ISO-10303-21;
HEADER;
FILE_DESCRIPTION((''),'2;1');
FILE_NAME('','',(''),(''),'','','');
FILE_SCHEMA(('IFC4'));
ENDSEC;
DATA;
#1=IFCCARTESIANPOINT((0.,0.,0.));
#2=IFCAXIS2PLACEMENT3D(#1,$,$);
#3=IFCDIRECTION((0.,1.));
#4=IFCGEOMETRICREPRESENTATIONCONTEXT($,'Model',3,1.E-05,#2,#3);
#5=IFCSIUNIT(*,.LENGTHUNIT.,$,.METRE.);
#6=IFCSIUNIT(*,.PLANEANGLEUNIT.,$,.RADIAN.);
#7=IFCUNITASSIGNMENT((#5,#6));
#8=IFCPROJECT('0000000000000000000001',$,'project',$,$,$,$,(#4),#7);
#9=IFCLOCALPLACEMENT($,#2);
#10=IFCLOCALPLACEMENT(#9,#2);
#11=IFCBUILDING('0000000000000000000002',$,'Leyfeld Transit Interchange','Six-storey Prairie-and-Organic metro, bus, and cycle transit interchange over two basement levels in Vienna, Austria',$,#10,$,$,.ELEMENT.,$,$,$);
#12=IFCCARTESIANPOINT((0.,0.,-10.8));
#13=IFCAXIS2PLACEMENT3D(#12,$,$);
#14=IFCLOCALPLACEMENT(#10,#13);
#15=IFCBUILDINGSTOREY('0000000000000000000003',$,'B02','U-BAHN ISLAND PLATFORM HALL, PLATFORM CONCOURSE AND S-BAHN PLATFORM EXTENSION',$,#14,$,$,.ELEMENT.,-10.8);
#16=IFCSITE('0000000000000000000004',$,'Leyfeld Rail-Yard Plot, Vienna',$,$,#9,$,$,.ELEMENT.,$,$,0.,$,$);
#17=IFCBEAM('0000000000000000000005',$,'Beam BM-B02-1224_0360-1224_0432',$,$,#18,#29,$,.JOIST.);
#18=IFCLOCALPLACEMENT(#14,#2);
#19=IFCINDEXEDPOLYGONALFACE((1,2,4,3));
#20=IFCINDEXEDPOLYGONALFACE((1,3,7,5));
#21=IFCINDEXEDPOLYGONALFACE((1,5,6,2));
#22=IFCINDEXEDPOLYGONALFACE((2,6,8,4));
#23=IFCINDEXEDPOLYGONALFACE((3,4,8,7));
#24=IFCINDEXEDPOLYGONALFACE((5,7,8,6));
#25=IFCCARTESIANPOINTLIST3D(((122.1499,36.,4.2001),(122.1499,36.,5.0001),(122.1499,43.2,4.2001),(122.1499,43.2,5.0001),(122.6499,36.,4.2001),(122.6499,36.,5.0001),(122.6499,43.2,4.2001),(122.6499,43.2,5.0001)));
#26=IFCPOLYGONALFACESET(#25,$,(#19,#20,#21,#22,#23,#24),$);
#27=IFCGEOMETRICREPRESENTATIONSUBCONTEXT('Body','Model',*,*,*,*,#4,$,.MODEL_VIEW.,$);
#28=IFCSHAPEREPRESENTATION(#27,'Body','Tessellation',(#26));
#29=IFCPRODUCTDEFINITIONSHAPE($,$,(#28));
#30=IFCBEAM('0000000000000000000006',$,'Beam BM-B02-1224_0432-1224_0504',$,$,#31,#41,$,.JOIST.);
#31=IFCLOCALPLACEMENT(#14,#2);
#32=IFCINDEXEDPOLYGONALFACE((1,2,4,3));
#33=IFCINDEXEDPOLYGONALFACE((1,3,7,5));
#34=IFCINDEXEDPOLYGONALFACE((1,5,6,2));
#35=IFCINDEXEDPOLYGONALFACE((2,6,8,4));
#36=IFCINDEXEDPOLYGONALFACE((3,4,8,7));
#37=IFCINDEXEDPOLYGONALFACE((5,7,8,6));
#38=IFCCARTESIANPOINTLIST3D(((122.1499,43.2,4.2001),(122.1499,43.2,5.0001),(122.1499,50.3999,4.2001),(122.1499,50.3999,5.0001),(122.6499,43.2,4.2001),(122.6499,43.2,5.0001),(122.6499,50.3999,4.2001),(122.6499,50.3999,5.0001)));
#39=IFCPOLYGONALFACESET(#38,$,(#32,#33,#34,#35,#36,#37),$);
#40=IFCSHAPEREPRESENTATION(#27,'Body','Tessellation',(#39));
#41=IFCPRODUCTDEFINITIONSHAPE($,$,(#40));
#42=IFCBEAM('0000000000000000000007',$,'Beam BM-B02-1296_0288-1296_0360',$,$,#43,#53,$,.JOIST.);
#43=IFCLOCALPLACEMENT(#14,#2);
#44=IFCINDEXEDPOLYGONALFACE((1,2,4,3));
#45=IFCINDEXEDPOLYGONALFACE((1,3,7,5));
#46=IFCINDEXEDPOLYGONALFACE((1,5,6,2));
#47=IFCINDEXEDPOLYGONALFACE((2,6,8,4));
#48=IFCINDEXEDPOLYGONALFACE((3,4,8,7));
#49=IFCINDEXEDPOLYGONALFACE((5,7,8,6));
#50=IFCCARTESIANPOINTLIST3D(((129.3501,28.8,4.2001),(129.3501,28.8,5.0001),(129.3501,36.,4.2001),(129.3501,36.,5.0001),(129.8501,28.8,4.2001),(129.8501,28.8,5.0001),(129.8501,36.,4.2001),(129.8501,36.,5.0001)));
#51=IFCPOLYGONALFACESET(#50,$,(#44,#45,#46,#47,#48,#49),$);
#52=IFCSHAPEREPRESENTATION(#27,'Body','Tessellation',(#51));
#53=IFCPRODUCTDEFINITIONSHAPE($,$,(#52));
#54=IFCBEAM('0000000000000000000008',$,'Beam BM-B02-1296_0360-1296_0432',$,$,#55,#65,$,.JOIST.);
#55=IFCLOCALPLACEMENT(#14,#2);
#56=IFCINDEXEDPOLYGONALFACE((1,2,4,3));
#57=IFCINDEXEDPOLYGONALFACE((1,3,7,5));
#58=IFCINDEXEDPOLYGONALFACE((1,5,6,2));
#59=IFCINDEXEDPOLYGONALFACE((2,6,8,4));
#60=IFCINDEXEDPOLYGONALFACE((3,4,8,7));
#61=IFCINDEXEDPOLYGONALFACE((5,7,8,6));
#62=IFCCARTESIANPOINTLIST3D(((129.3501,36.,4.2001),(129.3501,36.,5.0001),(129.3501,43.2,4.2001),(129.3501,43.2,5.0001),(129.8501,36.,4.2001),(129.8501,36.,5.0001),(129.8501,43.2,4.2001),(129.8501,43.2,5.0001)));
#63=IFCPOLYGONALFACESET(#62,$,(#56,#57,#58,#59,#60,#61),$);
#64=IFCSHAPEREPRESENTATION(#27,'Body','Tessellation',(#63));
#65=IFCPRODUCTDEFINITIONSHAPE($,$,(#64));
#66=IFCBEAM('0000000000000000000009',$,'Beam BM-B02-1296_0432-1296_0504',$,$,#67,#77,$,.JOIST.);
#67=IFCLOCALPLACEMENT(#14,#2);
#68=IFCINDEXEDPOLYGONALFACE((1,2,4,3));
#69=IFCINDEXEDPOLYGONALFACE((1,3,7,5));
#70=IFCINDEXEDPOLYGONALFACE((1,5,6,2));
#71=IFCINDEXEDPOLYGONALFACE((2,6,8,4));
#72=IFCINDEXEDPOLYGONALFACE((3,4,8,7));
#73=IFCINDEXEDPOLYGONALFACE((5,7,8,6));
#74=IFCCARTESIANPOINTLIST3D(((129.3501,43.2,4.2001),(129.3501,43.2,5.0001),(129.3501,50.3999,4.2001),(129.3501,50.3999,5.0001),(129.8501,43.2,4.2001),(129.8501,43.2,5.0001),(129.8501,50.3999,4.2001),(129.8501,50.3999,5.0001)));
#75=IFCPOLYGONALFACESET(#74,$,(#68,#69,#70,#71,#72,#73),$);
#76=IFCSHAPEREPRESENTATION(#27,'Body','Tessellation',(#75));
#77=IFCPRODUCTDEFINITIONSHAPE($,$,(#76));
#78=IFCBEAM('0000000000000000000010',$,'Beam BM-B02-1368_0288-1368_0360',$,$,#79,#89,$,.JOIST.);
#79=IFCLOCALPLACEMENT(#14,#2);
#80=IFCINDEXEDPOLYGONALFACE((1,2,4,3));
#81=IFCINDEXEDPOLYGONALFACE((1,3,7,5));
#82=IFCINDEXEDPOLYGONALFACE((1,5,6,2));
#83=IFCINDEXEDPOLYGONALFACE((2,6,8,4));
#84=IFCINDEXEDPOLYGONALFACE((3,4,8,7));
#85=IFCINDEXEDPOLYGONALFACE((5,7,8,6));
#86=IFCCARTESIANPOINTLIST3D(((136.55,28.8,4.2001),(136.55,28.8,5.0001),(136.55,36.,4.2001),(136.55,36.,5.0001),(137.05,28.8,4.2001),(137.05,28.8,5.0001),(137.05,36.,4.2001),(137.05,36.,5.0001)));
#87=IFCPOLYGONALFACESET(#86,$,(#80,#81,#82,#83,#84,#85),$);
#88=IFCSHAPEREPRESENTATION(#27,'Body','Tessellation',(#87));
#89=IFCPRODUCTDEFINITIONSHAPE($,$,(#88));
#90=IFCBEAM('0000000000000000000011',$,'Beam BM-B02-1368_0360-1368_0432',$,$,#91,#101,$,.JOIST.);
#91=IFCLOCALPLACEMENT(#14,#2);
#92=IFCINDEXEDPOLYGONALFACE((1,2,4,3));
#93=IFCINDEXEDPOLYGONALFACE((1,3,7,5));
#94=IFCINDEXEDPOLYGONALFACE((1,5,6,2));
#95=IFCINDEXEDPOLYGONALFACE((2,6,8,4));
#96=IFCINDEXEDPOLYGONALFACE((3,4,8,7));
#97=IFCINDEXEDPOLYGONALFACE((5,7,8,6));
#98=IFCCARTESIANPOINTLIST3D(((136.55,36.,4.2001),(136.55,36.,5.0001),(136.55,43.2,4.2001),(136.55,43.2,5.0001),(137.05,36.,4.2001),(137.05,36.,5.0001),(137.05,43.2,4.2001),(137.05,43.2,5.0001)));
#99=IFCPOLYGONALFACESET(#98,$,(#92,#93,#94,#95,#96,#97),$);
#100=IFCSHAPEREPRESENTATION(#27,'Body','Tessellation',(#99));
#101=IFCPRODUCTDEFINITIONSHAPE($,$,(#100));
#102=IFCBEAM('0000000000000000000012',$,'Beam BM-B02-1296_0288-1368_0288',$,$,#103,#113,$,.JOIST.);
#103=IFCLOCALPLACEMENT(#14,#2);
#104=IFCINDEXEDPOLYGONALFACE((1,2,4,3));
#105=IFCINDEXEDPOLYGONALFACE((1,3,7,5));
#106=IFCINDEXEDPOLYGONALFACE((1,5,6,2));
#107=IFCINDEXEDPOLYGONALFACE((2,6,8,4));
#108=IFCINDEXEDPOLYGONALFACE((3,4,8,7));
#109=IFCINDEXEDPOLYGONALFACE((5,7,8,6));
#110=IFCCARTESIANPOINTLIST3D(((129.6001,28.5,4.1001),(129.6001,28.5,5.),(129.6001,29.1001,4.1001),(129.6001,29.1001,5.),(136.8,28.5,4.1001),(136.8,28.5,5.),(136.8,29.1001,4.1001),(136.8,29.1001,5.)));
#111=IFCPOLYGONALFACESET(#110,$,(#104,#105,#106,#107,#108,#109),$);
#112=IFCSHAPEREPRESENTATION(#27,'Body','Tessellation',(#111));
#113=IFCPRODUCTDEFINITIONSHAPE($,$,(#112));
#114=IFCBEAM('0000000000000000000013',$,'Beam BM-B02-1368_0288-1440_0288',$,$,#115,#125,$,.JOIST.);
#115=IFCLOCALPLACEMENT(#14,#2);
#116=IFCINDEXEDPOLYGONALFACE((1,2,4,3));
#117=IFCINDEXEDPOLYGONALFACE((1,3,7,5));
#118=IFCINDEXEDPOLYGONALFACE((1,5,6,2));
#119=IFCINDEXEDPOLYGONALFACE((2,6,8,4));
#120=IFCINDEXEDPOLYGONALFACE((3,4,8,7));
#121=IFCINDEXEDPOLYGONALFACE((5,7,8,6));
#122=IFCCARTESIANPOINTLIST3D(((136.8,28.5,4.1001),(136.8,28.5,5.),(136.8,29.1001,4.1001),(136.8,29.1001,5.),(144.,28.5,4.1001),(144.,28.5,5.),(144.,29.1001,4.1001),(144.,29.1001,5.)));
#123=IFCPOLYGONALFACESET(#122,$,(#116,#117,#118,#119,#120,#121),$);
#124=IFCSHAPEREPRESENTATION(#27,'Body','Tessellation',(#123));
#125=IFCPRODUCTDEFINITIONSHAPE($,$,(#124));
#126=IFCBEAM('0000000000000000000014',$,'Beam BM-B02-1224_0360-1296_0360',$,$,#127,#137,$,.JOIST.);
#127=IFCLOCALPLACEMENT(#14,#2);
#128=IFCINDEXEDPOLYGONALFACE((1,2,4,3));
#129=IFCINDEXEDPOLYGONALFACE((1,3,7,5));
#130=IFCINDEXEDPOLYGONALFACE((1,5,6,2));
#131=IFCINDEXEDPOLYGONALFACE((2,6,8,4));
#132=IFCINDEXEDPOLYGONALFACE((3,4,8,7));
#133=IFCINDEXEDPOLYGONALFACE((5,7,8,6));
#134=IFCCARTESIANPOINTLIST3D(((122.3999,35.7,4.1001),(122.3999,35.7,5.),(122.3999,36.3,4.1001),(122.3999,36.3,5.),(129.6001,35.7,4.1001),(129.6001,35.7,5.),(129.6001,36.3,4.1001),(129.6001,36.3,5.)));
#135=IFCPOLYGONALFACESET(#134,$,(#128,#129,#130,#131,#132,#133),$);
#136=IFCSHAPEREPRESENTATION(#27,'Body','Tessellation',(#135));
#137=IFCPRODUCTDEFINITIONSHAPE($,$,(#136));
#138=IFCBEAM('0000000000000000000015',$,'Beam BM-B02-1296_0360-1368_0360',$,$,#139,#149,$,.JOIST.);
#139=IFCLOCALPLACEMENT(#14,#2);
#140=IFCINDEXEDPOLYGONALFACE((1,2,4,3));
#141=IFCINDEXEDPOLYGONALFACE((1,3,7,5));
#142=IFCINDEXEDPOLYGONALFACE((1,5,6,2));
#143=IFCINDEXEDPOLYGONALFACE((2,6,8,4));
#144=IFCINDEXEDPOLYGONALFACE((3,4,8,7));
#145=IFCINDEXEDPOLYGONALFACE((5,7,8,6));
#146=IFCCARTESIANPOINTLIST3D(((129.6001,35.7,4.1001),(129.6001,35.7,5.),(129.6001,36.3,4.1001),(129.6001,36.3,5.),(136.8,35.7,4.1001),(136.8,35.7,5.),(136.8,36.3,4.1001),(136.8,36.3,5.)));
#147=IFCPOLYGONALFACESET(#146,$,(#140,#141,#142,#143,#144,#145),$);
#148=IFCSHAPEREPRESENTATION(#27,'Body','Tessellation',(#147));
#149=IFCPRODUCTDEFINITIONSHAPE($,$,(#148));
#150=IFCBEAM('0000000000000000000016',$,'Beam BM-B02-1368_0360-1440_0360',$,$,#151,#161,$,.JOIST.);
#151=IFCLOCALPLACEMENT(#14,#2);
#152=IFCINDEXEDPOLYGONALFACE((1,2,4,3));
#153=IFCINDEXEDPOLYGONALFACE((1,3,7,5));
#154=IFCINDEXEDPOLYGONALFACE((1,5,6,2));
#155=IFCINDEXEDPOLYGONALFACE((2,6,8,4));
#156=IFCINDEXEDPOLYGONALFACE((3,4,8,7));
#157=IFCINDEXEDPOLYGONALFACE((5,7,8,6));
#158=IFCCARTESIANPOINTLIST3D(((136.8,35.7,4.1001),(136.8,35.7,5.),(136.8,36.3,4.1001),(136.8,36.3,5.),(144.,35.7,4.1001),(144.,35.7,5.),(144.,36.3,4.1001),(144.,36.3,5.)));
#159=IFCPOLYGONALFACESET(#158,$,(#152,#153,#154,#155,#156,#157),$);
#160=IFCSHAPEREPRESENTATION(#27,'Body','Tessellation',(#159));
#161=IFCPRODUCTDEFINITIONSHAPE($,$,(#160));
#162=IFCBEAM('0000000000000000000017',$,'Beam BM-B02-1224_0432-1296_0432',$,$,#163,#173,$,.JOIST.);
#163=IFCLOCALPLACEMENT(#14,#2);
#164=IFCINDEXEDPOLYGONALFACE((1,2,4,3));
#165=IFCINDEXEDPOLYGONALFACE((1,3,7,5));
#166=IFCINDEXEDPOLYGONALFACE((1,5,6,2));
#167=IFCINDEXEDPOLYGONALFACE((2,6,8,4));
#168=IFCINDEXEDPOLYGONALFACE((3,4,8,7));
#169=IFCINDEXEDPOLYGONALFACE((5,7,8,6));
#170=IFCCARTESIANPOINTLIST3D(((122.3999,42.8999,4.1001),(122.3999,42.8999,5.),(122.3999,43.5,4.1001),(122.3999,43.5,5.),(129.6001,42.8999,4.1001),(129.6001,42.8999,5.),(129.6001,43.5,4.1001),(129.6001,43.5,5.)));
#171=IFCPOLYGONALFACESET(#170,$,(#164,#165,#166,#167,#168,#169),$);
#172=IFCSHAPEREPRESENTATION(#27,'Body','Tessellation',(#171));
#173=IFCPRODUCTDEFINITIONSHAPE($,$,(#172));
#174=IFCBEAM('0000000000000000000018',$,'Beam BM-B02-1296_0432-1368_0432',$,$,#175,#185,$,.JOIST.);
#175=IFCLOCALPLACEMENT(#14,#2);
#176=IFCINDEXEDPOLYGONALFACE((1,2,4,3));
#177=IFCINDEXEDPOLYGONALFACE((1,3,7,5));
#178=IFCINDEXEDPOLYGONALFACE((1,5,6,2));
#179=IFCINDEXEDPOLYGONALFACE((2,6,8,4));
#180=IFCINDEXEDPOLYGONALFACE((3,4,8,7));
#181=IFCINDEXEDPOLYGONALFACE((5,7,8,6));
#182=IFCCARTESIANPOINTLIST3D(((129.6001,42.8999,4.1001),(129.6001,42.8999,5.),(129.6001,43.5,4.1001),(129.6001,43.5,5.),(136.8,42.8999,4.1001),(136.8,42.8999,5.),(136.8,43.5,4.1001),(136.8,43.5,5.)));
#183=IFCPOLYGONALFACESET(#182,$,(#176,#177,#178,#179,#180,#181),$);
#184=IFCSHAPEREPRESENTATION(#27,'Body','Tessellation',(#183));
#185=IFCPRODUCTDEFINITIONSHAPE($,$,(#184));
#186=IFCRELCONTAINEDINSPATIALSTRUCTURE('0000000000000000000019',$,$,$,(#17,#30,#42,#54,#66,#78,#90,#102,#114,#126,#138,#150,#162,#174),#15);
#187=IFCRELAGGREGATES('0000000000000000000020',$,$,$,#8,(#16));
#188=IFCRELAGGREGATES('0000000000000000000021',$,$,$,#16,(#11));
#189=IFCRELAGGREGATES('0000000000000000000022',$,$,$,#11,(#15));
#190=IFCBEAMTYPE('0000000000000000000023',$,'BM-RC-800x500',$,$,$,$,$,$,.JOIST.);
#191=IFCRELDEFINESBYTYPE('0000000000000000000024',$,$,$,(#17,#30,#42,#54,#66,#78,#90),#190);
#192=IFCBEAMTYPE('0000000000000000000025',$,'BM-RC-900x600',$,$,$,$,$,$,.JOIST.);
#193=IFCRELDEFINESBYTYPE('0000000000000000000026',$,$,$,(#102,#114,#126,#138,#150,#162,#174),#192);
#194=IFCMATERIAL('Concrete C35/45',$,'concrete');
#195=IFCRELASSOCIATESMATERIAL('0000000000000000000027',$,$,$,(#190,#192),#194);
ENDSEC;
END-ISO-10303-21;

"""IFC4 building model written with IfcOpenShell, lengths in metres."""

from ifc_helpers import new_model, si_unit, direction, frame, origin, origin_2d, place, context, subcontext, project, spatial, rectangle, extrude, material, material_profile, profile_set, type_object, element, save


model = new_model("IFC4")

# Units and contexts
model_context = context("Model", 3, precision=1e-05, world=origin(), true_north=direction((0.0, 1.0)))
body_context = subcontext(model_context, "Body", "Model", "MODEL_VIEW")
ifc_project = project(units=[si_unit("LENGTHUNIT", "METRE"), si_unit("PLANEANGLEUNIT", "RADIAN")], contexts=[model_context])

# Site, building, storey
site_placement = place(None, origin())
site = spatial("IfcSite", under=ifc_project, at=site_placement, Name="Leyfeld Rail-Yard Plot, Vienna", CompositionType="ELEMENT", RefElevation=0.0)
building_placement = place(site_placement, origin())
building = spatial("IfcBuilding", under=site, at=building_placement, Name="Leyfeld Transit Interchange", Description="Six-storey Prairie-and-Organic metro, bus, and cycle transit interchange over two basement levels in Vienna, Austria", CompositionType="ELEMENT")
storey_placement = place(building_placement, frame((0.0, 0.0, -10.8)))
storey = spatial("IfcBuildingStorey", under=building, at=storey_placement, Name="B02", Description="U-BAHN ISLAND PLATFORM HALL, PLATFORM CONCOURSE AND S-BAHN PLATFORM EXTENSION", CompositionType="ELEMENT", Elevation=-10.8)

# Shared definitions
ifc_material = material(Name="Concrete C35/45", Category="concrete")

# Beams
ifc_material_profile_1 = material_profile(ifc_material, rectangle(XDim=0.5, YDim=0.8, at=origin_2d()), Name="RC 800x500")
ifc_profile_set_1 = profile_set([ifc_material_profile_1], Name="Concrete C35/45")
beam_type_1 = type_object("IfcBeamType", Name="BM-RC-800x500", PredefinedType="JOIST", material=ifc_profile_set_1)
for number, where, z_axis, x_axis, name in (
    (1, (122.3999, 36.0, 4.6001), (0.0, 1.0, 0.0), (-1.0, 0.0, 0.0), "Beam BM-B02-1224_0360-1224_0432"),
    (2, (122.3999, 43.2, 4.6001), (0.0, 1.0, 0.0), (-1.0, 0.0, 0.0), "Beam BM-B02-1224_0432-1224_0504"),
    (3, (129.6001, 28.8, 4.6001), (0.0, 1.0, 0.0), (-1.0, 0.0, 0.0), "Beam BM-B02-1296_0288-1296_0360"),
    (4, (129.6001, 36.0, 4.6001), (0.0, 1.0, 0.0), (-1.0, 0.0, 0.0), "Beam BM-B02-1296_0360-1296_0432"),
    (5, (129.6001, 43.2, 4.6001), (0.0, 1.0, 0.0), (-1.0, 0.0, 0.0), "Beam BM-B02-1296_0432-1296_0504"),
    (6, (136.8, 28.8, 4.6001), (0.0, 1.0, 0.0), (-1.0, 0.0, 0.0), "Beam BM-B02-1368_0288-1368_0360"),
    (7, (136.8, 36.0, 4.6001), (0.0, 1.0, 0.0), (-1.0, 0.0, 0.0), "Beam BM-B02-1368_0360-1368_0432"),
):
    element("IfcBeam", number, at=place(storey_placement, frame(where, z_axis=z_axis, x_axis=x_axis)), inside=storey, type_object=beam_type_1, Name=name, PredefinedType="JOIST", context=body_context, shape_type="SweptSolid", body=[
        extrude(rectangle(XDim=0.5, YDim=0.8, at=origin_2d()), origin(), (0.0, 0.0, 1.0), 7.2),
    ])
ifc_material_profile_2 = material_profile(ifc_material, rectangle(XDim=0.6001, YDim=0.8999, at=origin_2d()), Name="RC 900x600")
ifc_profile_set_2 = profile_set([ifc_material_profile_2], Name="Concrete C35/45")
beam_type_2 = type_object("IfcBeamType", Name="BM-RC-900x600", PredefinedType="JOIST", material=ifc_profile_set_2)
for number, where, z_axis, x_axis, name in (
    (8, (129.6001, 28.8, 4.55), (1.0, 0.0, 0.0), (0.0, 1.0, 0.0), "Beam BM-B02-1296_0288-1368_0288"),
    (9, (136.8, 28.8, 4.55), (1.0, 0.0, 0.0), (0.0, 1.0, 0.0), "Beam BM-B02-1368_0288-1440_0288"),
):
    element("IfcBeam", number, at=place(storey_placement, frame(where, z_axis=z_axis, x_axis=x_axis)), inside=storey, type_object=beam_type_2, Name=name, PredefinedType="JOIST", context=body_context, shape_type="SweptSolid", body=[
        extrude(rectangle(XDim=0.6001, YDim=0.8999, at=origin_2d()), origin(), (0.0, 0.0, 1.0), 7.2),
    ])
beam_1_placement = place(storey_placement, frame((122.3999, 36.0, 4.55), z_axis=(1.0, 0.0, 0.0), x_axis=(0.0, 1.0, 0.0)))
element("IfcBeam", 10, at=beam_1_placement, inside=storey, type_object=beam_type_2, Name="Beam BM-B02-1224_0360-1296_0360", PredefinedType="JOIST", context=body_context, shape_type="SweptSolid", body=[
    extrude(rectangle(XDim=0.6001, YDim=0.8999, at=origin_2d()), origin(), (0.0, 0.0, 1.0), 7.2002),
])
for number, where, z_axis, x_axis, name in (
    (11, (129.6001, 36.0, 4.55), (1.0, 0.0, 0.0), (0.0, 1.0, 0.0), "Beam BM-B02-1296_0360-1368_0360"),
    (12, (136.8, 36.0, 4.55), (1.0, 0.0, 0.0), (0.0, 1.0, 0.0), "Beam BM-B02-1368_0360-1440_0360"),
):
    element("IfcBeam", number, at=place(storey_placement, frame(where, z_axis=z_axis, x_axis=x_axis)), inside=storey, type_object=beam_type_2, Name=name, PredefinedType="JOIST", context=body_context, shape_type="SweptSolid", body=[
        extrude(rectangle(XDim=0.6001, YDim=0.8999, at=origin_2d()), origin(), (0.0, 0.0, 1.0), 7.2),
    ])
beam_2_placement = place(storey_placement, frame((122.3999, 43.2, 4.55), z_axis=(1.0, 0.0, 0.0), x_axis=(0.0, 1.0, 0.0)))
element("IfcBeam", 13, at=beam_2_placement, inside=storey, type_object=beam_type_2, Name="Beam BM-B02-1224_0432-1296_0432", PredefinedType="JOIST", context=body_context, shape_type="SweptSolid", body=[
    extrude(rectangle(XDim=0.6001, YDim=0.8999, at=origin_2d()), origin(), (0.0, 0.0, 1.0), 7.2002),
])
beam_3_placement = place(storey_placement, frame((129.6001, 43.2, 4.55), z_axis=(1.0, 0.0, 0.0), x_axis=(0.0, 1.0, 0.0)))
element("IfcBeam", 14, at=beam_3_placement, inside=storey, type_object=beam_type_2, Name="Beam BM-B02-1296_0432-1368_0432", PredefinedType="JOIST", context=body_context, shape_type="SweptSolid", body=[
    extrude(rectangle(XDim=0.6001, YDim=0.8999, at=origin_2d()), origin(), (0.0, 0.0, 1.0), 7.2),
])

save(model, "model.ifc")
